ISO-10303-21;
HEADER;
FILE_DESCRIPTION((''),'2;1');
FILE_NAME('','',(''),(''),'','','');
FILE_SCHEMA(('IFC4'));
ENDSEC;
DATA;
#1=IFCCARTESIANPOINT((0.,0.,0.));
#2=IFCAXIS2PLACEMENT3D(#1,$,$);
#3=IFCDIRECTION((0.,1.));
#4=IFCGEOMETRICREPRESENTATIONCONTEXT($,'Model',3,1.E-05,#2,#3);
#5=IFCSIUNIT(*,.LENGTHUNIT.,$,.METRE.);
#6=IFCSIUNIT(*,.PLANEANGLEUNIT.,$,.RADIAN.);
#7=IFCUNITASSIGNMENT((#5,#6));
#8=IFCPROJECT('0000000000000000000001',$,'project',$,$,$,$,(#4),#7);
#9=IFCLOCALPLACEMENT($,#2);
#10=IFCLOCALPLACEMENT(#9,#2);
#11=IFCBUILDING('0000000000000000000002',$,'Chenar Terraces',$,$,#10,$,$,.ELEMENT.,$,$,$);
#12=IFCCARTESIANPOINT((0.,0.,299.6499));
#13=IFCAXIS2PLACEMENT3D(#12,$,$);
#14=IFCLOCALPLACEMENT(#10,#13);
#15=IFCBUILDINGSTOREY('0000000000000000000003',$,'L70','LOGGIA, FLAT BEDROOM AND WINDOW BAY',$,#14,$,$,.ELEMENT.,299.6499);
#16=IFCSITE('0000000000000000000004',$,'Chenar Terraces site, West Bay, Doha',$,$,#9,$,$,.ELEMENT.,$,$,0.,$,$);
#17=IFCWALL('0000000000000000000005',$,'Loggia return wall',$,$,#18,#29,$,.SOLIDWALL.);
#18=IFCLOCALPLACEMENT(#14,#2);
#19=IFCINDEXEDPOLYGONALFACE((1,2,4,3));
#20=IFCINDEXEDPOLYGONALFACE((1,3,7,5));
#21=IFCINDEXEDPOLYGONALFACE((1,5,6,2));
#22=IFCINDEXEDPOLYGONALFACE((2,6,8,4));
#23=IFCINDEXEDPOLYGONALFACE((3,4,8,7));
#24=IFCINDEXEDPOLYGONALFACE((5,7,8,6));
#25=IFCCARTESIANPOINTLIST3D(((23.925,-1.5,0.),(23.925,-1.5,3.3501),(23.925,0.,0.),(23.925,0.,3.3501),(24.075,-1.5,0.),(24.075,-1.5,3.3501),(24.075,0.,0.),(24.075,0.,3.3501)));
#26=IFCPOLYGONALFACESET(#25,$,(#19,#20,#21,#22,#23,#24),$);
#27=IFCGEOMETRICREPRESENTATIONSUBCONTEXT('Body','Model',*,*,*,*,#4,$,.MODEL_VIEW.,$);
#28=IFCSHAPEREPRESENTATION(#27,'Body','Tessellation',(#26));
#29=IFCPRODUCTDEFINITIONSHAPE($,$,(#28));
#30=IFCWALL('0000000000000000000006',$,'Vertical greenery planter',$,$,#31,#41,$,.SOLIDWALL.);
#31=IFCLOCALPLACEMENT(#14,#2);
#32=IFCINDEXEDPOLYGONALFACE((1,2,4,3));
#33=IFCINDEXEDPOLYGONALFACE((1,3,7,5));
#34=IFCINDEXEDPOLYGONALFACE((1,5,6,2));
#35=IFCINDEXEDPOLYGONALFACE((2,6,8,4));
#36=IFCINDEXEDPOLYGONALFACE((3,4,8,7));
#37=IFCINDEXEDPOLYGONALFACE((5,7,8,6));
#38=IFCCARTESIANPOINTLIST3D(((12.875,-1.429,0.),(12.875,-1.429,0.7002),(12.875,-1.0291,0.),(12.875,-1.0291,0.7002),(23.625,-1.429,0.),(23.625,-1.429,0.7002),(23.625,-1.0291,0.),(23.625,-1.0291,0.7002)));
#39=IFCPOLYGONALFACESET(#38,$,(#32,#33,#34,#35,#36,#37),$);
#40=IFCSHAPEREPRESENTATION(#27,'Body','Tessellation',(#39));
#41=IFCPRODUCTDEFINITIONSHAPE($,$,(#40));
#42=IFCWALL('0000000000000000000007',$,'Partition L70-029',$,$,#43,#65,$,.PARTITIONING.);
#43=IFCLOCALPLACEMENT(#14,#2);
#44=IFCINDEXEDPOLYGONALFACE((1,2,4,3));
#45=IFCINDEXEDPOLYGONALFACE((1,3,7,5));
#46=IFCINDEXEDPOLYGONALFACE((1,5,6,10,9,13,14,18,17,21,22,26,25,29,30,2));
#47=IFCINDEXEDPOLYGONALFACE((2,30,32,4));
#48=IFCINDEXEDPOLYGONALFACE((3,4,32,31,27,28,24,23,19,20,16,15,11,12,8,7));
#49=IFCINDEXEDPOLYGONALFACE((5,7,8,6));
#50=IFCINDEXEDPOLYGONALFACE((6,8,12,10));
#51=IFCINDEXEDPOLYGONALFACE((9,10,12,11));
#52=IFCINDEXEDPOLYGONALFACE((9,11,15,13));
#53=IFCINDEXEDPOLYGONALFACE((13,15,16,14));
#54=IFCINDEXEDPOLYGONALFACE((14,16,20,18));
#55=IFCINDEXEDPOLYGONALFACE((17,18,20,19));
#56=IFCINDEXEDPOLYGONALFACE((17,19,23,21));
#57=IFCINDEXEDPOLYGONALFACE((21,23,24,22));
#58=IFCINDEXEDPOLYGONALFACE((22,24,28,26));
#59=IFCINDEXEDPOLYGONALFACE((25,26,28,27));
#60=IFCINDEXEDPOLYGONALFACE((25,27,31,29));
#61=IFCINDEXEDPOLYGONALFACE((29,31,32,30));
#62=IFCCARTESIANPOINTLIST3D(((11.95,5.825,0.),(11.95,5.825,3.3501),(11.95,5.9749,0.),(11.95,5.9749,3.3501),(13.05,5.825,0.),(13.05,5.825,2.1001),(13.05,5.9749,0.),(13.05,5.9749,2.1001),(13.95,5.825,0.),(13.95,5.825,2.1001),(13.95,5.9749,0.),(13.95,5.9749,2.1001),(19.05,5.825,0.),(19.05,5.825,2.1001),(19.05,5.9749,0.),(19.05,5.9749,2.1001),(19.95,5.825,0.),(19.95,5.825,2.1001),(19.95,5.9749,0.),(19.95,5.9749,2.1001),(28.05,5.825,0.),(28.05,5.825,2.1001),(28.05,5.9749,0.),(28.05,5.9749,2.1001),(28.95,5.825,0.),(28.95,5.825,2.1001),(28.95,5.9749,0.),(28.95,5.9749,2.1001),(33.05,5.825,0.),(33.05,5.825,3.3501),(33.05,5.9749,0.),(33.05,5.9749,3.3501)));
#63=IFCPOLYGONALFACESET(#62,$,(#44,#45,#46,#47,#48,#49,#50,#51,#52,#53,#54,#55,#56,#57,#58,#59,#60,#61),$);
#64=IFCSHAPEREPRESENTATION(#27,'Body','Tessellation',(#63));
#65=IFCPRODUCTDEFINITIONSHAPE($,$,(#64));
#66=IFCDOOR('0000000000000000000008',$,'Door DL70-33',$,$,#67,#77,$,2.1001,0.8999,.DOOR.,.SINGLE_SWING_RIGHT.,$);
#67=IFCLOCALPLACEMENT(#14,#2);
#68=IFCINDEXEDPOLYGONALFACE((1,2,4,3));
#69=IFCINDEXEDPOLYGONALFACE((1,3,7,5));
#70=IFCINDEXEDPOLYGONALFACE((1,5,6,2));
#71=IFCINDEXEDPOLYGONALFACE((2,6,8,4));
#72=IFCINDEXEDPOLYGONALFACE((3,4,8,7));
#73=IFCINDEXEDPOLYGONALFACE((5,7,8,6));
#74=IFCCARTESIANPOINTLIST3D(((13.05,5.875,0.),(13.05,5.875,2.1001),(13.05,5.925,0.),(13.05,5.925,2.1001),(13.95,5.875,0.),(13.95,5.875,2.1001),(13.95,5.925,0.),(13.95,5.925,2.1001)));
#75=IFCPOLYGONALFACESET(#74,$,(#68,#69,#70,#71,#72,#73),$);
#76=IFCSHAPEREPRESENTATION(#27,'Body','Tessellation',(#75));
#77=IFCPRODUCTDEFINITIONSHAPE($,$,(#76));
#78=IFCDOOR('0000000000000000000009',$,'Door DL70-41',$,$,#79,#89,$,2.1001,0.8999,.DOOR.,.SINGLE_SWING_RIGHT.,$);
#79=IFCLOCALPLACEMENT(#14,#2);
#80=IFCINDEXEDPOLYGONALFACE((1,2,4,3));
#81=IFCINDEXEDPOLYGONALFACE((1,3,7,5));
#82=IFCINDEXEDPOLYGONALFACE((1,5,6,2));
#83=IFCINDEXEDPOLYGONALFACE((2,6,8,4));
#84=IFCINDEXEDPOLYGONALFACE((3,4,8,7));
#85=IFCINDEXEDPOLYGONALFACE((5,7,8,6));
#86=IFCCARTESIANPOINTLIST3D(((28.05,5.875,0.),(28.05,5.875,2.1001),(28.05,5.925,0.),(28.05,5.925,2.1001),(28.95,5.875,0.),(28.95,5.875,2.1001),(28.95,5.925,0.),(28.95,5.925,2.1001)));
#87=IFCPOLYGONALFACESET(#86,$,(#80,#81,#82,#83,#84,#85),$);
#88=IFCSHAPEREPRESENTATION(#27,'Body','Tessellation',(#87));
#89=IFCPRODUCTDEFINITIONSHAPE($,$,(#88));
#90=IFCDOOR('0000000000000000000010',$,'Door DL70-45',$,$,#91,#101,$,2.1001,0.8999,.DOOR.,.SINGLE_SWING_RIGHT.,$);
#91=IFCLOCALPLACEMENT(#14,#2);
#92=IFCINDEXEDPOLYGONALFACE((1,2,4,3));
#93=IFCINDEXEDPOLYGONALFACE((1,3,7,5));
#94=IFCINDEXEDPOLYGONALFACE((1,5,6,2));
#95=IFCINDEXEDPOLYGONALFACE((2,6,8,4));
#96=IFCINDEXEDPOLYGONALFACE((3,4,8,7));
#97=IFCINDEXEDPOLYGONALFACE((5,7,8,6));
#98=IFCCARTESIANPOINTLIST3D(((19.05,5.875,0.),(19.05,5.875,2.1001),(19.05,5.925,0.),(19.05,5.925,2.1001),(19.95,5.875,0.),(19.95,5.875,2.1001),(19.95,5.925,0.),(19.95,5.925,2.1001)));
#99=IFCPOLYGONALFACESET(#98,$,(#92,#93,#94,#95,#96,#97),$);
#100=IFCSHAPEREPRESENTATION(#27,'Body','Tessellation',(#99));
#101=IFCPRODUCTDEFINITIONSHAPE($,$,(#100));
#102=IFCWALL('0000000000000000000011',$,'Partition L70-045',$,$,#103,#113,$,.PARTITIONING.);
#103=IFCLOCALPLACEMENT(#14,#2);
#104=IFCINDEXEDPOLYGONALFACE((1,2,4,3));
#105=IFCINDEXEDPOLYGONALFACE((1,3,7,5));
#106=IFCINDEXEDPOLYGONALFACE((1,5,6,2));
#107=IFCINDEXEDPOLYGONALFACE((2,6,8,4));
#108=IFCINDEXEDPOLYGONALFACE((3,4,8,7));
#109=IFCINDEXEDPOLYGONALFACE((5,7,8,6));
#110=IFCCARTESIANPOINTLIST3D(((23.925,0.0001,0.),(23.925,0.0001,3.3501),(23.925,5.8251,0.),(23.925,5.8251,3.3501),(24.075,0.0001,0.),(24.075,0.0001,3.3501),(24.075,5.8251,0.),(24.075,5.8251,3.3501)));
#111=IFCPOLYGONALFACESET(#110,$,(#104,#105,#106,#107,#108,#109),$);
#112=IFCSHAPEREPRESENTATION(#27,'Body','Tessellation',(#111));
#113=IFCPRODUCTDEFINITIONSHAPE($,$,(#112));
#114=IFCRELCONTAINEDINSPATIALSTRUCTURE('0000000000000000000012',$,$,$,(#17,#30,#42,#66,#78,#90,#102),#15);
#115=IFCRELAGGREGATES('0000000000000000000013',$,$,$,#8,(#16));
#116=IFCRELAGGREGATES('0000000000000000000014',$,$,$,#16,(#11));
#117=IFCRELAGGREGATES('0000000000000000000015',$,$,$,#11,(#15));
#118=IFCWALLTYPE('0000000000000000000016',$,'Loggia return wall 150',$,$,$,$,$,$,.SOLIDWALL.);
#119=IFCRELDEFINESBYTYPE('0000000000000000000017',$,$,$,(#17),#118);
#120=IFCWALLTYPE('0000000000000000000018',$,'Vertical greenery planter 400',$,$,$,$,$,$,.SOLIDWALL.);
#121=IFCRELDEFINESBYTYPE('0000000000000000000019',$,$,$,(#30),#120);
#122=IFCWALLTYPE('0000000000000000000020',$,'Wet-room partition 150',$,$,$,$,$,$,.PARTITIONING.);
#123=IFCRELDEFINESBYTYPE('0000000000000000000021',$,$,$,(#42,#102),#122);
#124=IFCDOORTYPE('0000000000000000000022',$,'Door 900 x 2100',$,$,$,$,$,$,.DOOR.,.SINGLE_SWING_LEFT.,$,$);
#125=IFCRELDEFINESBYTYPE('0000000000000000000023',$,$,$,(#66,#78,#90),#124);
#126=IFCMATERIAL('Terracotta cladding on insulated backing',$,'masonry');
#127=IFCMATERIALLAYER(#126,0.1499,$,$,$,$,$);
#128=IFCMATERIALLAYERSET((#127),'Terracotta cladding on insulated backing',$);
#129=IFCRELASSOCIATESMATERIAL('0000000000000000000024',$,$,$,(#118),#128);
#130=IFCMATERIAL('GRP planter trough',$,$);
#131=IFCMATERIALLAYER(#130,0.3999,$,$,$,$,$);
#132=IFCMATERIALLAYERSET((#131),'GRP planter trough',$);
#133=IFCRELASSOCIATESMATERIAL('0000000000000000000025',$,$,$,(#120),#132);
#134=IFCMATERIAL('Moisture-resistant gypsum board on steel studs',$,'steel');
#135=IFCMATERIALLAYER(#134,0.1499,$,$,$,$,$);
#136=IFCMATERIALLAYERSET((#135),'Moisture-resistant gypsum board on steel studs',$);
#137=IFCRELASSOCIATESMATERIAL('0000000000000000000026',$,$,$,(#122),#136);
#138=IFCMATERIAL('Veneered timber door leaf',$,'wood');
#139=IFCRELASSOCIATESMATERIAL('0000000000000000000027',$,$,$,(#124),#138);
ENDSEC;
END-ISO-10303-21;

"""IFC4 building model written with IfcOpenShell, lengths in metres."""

from ifc_helpers import new_model, si_unit, direction, frame, frame_2d, origin, place, context, subcontext, project, spatial, rectangle, extrude, material, layer, layer_set, type_object, element, fill, save


model = new_model("IFC4")

# Units and contexts
model_context = context("Model", 3, precision=1e-05, world=origin(), true_north=direction((0.0, 1.0)))
body_context = subcontext(model_context, "Body", "Model", "MODEL_VIEW")
ifc_project = project(units=[si_unit("LENGTHUNIT", "METRE"), si_unit("PLANEANGLEUNIT", "RADIAN")], contexts=[model_context])

# Site, building, storey
site_placement = place(None, origin())
site = spatial("IfcSite", under=ifc_project, at=site_placement, Name="Chenar Terraces site, West Bay, Doha", CompositionType="ELEMENT", RefElevation=0.0)
building_placement = place(site_placement, origin())
building = spatial("IfcBuilding", under=site, at=building_placement, Name="Chenar Terraces", CompositionType="ELEMENT")
storey_placement = place(building_placement, frame((0.0, 0.0, 299.6499)))
storey = spatial("IfcBuildingStorey", under=building, at=storey_placement, Name="L70", Description="LOGGIA, FLAT BEDROOM AND WINDOW BAY", CompositionType="ELEMENT", Elevation=299.6499)

# Walls
ifc_material_1 = material(Name="Terracotta cladding on insulated backing", Category="masonry")
ifc_layer_1 = layer(ifc_material_1, 0.1499)
ifc_layer_set_1 = layer_set([ifc_layer_1], Name="Terracotta cladding on insulated backing")
wall_type_1 = type_object("IfcWallType", Name="Loggia return wall 150", PredefinedType="SOLIDWALL", material=ifc_layer_set_1)
for number, where, z_axis, x_axis, name in (
    (1, (24.0, -1.5, 0.0), (0.0, 0.0, 1.0), (0.0, 1.0, 0.0), "Loggia return wall"),
):
    element("IfcWall", number, at=place(storey_placement, frame(where, z_axis=z_axis, x_axis=x_axis)), inside=storey, type_object=wall_type_1, Name=name, PredefinedType="SOLIDWALL", context=body_context, shape_type="SweptSolid", body=[
        extrude(rectangle(XDim=1.5, YDim=0.1499, at=frame_2d((0.75, 0.0))), origin(), (0.0, 0.0, 1.0), 3.3501),
    ])
ifc_material_2 = material(Name="GRP planter trough")
ifc_layer_2 = layer(ifc_material_2, 0.3999)
ifc_layer_set_2 = layer_set([ifc_layer_2], Name="GRP planter trough")
wall_type_2 = type_object("IfcWallType", Name="Vertical greenery planter 400", PredefinedType="SOLIDWALL", material=ifc_layer_set_2)
wall_1_placement = place(storey_placement, frame((12.875, -1.229, 0.0), z_axis=(0.0, 0.0, 1.0), x_axis=(1.0, 0.0, 0.0)))
element("IfcWall", 2, at=wall_1_placement, inside=storey, type_object=wall_type_2, Name="Vertical greenery planter", PredefinedType="SOLIDWALL", context=body_context, shape_type="SweptSolid", body=[
    extrude(rectangle(XDim=10.75, YDim=0.3999, at=frame_2d((5.375, 0.0))), origin(), (0.0, 0.0, 1.0), 0.7002),
])

# Wall, openings, doors
ifc_material_3 = material(Name="Moisture-resistant gypsum board on steel studs", Category="steel")
ifc_layer_3 = layer(ifc_material_3, 0.1499)
ifc_layer_set_3 = layer_set([ifc_layer_3], Name="Moisture-resistant gypsum board on steel studs")
wall_type_3 = type_object("IfcWallType", Name="Wet-room partition 150", PredefinedType="PARTITIONING", material=ifc_layer_set_3)
wall_2_placement = place(storey_placement, frame((11.95, 5.8999, 0.0), z_axis=(0.0, 0.0, 1.0), x_axis=(1.0, 0.0, 0.0)))
wall_2 = element("IfcWall", 3, at=wall_2_placement, inside=storey, type_object=wall_type_3, Name="Partition L70-029", PredefinedType="PARTITIONING", context=body_context, shape_type="SweptSolid", body=[
    extrude(rectangle(XDim=21.1001, YDim=0.1499, at=frame_2d((10.55, 0.0))), origin(), (0.0, 0.0, 1.0), 3.3501),
])
opening_1_placement = place(wall_2_placement, frame((1.1001, 0.0, 0.0)))
opening_1 = element("IfcOpeningElement", 4, at=opening_1_placement, cuts=wall_2, PredefinedType="OPENING", context=body_context, shape_type="SweptSolid", body=[
    extrude(rectangle(XDim=0.8999, YDim=2.1001, at=frame_2d((0.45, 1.05))), frame((0.0, 0.085, 0.0), z_axis=(0.0, -1.0, 0.0), x_axis=(1.0, 0.0, 0.0)), (0.0, 0.0, 1.0), 0.1699),
])
opening_2_placement = place(wall_2_placement, frame((16.1001, 0.0, 0.0)))
opening_2 = element("IfcOpeningElement", 5, at=opening_2_placement, cuts=wall_2, PredefinedType="OPENING", context=body_context, shape_type="SweptSolid", body=[
    extrude(rectangle(XDim=0.8999, YDim=2.1001, at=frame_2d((0.45, 1.05))), frame((0.0, 0.085, 0.0), z_axis=(0.0, -1.0, 0.0), x_axis=(1.0, 0.0, 0.0)), (0.0, 0.0, 1.0), 0.1699),
])
opening_3_placement = place(wall_2_placement, frame((7.1001, 0.0, 0.0)))
opening_3 = element("IfcOpeningElement", 6, at=opening_3_placement, cuts=wall_2, PredefinedType="OPENING", context=body_context, shape_type="SweptSolid", body=[
    extrude(rectangle(XDim=0.8999, YDim=2.1001, at=frame_2d((0.45, 1.05))), frame((0.0, 0.085, 0.0), z_axis=(0.0, -1.0, 0.0), x_axis=(1.0, 0.0, 0.0)), (0.0, 0.0, 1.0), 0.1699),
])
ifc_material_4 = material(Name="Veneered timber door leaf", Category="wood")
door_type_1 = type_object("IfcDoorType", Name="Door 900 x 2100", OperationType="SINGLE_SWING_LEFT", PredefinedType="DOOR", material=ifc_material_4)
door_1_placement = place(opening_1_placement, frame((0.8999, 0.0, 0.0), z_axis=(0.0, 0.0, 1.0), x_axis=(-1.0, 0.0, 0.0)))
door_1 = element("IfcDoor", 7, at=door_1_placement, inside=storey, type_object=door_type_1, Name="Door DL70-33", OperationType="SINGLE_SWING_RIGHT", OverallHeight=2.1001, OverallWidth=0.8999, PredefinedType="DOOR", context=body_context, shape_type="SweptSolid", body=[
    extrude(rectangle(XDim=0.8999, YDim=2.1001, at=frame_2d((0.45, 1.05))), frame((0.0, 0.0249, 0.0), z_axis=(0.0, -1.0, 0.0), x_axis=(1.0, 0.0, 0.0)), (0.0, 0.0, 1.0), 0.05),
])
fill(opening_1, door_1)
door_2_placement = place(opening_2_placement, frame((0.8999, 0.0, 0.0), z_axis=(0.0, 0.0, 1.0), x_axis=(-1.0, 0.0, 0.0)))
door_2 = element("IfcDoor", 8, at=door_2_placement, inside=storey, type_object=door_type_1, Name="Door DL70-41", OperationType="SINGLE_SWING_RIGHT", OverallHeight=2.1001, OverallWidth=0.8999, PredefinedType="DOOR", context=body_context, shape_type="SweptSolid", body=[
    extrude(rectangle(XDim=0.8999, YDim=2.1001, at=frame_2d((0.45, 1.05))), frame((0.0, 0.0249, 0.0), z_axis=(0.0, -1.0, 0.0), x_axis=(1.0, 0.0, 0.0)), (0.0, 0.0, 1.0), 0.05),
])
fill(opening_2, door_2)
door_3_placement = place(opening_3_placement, frame((0.8999, 0.0, 0.0), z_axis=(0.0, 0.0, 1.0), x_axis=(-1.0, 0.0, 0.0)))
door_3 = element("IfcDoor", 9, at=door_3_placement, inside=storey, type_object=door_type_1, Name="Door DL70-45", OperationType="SINGLE_SWING_RIGHT", OverallHeight=2.1001, OverallWidth=0.8999, PredefinedType="DOOR", context=body_context, shape_type="SweptSolid", body=[
    extrude(rectangle(XDim=0.8999, YDim=2.1001, at=frame_2d((0.45, 1.05))), frame((0.0, 0.0249, 0.0), z_axis=(0.0, -1.0, 0.0), x_axis=(1.0, 0.0, 0.0)), (0.0, 0.0, 1.0), 0.05),
])
fill(opening_3, door_3)

# Wall
wall_3_placement = place(storey_placement, frame((24.0, 0.0, 0.0), z_axis=(0.0, 0.0, 1.0), x_axis=(0.0, 1.0, 0.0)))
element("IfcWall", 10, at=wall_3_placement, inside=storey, type_object=wall_type_3, Name="Partition L70-045", PredefinedType="PARTITIONING", context=body_context, shape_type="SweptSolid", body=[
    extrude(rectangle(XDim=5.825, YDim=0.1499, at=frame_2d((2.9126, 0.0))), origin(), (0.0, 0.0, 1.0), 3.3501),
])

save(model, "model.ifc")
